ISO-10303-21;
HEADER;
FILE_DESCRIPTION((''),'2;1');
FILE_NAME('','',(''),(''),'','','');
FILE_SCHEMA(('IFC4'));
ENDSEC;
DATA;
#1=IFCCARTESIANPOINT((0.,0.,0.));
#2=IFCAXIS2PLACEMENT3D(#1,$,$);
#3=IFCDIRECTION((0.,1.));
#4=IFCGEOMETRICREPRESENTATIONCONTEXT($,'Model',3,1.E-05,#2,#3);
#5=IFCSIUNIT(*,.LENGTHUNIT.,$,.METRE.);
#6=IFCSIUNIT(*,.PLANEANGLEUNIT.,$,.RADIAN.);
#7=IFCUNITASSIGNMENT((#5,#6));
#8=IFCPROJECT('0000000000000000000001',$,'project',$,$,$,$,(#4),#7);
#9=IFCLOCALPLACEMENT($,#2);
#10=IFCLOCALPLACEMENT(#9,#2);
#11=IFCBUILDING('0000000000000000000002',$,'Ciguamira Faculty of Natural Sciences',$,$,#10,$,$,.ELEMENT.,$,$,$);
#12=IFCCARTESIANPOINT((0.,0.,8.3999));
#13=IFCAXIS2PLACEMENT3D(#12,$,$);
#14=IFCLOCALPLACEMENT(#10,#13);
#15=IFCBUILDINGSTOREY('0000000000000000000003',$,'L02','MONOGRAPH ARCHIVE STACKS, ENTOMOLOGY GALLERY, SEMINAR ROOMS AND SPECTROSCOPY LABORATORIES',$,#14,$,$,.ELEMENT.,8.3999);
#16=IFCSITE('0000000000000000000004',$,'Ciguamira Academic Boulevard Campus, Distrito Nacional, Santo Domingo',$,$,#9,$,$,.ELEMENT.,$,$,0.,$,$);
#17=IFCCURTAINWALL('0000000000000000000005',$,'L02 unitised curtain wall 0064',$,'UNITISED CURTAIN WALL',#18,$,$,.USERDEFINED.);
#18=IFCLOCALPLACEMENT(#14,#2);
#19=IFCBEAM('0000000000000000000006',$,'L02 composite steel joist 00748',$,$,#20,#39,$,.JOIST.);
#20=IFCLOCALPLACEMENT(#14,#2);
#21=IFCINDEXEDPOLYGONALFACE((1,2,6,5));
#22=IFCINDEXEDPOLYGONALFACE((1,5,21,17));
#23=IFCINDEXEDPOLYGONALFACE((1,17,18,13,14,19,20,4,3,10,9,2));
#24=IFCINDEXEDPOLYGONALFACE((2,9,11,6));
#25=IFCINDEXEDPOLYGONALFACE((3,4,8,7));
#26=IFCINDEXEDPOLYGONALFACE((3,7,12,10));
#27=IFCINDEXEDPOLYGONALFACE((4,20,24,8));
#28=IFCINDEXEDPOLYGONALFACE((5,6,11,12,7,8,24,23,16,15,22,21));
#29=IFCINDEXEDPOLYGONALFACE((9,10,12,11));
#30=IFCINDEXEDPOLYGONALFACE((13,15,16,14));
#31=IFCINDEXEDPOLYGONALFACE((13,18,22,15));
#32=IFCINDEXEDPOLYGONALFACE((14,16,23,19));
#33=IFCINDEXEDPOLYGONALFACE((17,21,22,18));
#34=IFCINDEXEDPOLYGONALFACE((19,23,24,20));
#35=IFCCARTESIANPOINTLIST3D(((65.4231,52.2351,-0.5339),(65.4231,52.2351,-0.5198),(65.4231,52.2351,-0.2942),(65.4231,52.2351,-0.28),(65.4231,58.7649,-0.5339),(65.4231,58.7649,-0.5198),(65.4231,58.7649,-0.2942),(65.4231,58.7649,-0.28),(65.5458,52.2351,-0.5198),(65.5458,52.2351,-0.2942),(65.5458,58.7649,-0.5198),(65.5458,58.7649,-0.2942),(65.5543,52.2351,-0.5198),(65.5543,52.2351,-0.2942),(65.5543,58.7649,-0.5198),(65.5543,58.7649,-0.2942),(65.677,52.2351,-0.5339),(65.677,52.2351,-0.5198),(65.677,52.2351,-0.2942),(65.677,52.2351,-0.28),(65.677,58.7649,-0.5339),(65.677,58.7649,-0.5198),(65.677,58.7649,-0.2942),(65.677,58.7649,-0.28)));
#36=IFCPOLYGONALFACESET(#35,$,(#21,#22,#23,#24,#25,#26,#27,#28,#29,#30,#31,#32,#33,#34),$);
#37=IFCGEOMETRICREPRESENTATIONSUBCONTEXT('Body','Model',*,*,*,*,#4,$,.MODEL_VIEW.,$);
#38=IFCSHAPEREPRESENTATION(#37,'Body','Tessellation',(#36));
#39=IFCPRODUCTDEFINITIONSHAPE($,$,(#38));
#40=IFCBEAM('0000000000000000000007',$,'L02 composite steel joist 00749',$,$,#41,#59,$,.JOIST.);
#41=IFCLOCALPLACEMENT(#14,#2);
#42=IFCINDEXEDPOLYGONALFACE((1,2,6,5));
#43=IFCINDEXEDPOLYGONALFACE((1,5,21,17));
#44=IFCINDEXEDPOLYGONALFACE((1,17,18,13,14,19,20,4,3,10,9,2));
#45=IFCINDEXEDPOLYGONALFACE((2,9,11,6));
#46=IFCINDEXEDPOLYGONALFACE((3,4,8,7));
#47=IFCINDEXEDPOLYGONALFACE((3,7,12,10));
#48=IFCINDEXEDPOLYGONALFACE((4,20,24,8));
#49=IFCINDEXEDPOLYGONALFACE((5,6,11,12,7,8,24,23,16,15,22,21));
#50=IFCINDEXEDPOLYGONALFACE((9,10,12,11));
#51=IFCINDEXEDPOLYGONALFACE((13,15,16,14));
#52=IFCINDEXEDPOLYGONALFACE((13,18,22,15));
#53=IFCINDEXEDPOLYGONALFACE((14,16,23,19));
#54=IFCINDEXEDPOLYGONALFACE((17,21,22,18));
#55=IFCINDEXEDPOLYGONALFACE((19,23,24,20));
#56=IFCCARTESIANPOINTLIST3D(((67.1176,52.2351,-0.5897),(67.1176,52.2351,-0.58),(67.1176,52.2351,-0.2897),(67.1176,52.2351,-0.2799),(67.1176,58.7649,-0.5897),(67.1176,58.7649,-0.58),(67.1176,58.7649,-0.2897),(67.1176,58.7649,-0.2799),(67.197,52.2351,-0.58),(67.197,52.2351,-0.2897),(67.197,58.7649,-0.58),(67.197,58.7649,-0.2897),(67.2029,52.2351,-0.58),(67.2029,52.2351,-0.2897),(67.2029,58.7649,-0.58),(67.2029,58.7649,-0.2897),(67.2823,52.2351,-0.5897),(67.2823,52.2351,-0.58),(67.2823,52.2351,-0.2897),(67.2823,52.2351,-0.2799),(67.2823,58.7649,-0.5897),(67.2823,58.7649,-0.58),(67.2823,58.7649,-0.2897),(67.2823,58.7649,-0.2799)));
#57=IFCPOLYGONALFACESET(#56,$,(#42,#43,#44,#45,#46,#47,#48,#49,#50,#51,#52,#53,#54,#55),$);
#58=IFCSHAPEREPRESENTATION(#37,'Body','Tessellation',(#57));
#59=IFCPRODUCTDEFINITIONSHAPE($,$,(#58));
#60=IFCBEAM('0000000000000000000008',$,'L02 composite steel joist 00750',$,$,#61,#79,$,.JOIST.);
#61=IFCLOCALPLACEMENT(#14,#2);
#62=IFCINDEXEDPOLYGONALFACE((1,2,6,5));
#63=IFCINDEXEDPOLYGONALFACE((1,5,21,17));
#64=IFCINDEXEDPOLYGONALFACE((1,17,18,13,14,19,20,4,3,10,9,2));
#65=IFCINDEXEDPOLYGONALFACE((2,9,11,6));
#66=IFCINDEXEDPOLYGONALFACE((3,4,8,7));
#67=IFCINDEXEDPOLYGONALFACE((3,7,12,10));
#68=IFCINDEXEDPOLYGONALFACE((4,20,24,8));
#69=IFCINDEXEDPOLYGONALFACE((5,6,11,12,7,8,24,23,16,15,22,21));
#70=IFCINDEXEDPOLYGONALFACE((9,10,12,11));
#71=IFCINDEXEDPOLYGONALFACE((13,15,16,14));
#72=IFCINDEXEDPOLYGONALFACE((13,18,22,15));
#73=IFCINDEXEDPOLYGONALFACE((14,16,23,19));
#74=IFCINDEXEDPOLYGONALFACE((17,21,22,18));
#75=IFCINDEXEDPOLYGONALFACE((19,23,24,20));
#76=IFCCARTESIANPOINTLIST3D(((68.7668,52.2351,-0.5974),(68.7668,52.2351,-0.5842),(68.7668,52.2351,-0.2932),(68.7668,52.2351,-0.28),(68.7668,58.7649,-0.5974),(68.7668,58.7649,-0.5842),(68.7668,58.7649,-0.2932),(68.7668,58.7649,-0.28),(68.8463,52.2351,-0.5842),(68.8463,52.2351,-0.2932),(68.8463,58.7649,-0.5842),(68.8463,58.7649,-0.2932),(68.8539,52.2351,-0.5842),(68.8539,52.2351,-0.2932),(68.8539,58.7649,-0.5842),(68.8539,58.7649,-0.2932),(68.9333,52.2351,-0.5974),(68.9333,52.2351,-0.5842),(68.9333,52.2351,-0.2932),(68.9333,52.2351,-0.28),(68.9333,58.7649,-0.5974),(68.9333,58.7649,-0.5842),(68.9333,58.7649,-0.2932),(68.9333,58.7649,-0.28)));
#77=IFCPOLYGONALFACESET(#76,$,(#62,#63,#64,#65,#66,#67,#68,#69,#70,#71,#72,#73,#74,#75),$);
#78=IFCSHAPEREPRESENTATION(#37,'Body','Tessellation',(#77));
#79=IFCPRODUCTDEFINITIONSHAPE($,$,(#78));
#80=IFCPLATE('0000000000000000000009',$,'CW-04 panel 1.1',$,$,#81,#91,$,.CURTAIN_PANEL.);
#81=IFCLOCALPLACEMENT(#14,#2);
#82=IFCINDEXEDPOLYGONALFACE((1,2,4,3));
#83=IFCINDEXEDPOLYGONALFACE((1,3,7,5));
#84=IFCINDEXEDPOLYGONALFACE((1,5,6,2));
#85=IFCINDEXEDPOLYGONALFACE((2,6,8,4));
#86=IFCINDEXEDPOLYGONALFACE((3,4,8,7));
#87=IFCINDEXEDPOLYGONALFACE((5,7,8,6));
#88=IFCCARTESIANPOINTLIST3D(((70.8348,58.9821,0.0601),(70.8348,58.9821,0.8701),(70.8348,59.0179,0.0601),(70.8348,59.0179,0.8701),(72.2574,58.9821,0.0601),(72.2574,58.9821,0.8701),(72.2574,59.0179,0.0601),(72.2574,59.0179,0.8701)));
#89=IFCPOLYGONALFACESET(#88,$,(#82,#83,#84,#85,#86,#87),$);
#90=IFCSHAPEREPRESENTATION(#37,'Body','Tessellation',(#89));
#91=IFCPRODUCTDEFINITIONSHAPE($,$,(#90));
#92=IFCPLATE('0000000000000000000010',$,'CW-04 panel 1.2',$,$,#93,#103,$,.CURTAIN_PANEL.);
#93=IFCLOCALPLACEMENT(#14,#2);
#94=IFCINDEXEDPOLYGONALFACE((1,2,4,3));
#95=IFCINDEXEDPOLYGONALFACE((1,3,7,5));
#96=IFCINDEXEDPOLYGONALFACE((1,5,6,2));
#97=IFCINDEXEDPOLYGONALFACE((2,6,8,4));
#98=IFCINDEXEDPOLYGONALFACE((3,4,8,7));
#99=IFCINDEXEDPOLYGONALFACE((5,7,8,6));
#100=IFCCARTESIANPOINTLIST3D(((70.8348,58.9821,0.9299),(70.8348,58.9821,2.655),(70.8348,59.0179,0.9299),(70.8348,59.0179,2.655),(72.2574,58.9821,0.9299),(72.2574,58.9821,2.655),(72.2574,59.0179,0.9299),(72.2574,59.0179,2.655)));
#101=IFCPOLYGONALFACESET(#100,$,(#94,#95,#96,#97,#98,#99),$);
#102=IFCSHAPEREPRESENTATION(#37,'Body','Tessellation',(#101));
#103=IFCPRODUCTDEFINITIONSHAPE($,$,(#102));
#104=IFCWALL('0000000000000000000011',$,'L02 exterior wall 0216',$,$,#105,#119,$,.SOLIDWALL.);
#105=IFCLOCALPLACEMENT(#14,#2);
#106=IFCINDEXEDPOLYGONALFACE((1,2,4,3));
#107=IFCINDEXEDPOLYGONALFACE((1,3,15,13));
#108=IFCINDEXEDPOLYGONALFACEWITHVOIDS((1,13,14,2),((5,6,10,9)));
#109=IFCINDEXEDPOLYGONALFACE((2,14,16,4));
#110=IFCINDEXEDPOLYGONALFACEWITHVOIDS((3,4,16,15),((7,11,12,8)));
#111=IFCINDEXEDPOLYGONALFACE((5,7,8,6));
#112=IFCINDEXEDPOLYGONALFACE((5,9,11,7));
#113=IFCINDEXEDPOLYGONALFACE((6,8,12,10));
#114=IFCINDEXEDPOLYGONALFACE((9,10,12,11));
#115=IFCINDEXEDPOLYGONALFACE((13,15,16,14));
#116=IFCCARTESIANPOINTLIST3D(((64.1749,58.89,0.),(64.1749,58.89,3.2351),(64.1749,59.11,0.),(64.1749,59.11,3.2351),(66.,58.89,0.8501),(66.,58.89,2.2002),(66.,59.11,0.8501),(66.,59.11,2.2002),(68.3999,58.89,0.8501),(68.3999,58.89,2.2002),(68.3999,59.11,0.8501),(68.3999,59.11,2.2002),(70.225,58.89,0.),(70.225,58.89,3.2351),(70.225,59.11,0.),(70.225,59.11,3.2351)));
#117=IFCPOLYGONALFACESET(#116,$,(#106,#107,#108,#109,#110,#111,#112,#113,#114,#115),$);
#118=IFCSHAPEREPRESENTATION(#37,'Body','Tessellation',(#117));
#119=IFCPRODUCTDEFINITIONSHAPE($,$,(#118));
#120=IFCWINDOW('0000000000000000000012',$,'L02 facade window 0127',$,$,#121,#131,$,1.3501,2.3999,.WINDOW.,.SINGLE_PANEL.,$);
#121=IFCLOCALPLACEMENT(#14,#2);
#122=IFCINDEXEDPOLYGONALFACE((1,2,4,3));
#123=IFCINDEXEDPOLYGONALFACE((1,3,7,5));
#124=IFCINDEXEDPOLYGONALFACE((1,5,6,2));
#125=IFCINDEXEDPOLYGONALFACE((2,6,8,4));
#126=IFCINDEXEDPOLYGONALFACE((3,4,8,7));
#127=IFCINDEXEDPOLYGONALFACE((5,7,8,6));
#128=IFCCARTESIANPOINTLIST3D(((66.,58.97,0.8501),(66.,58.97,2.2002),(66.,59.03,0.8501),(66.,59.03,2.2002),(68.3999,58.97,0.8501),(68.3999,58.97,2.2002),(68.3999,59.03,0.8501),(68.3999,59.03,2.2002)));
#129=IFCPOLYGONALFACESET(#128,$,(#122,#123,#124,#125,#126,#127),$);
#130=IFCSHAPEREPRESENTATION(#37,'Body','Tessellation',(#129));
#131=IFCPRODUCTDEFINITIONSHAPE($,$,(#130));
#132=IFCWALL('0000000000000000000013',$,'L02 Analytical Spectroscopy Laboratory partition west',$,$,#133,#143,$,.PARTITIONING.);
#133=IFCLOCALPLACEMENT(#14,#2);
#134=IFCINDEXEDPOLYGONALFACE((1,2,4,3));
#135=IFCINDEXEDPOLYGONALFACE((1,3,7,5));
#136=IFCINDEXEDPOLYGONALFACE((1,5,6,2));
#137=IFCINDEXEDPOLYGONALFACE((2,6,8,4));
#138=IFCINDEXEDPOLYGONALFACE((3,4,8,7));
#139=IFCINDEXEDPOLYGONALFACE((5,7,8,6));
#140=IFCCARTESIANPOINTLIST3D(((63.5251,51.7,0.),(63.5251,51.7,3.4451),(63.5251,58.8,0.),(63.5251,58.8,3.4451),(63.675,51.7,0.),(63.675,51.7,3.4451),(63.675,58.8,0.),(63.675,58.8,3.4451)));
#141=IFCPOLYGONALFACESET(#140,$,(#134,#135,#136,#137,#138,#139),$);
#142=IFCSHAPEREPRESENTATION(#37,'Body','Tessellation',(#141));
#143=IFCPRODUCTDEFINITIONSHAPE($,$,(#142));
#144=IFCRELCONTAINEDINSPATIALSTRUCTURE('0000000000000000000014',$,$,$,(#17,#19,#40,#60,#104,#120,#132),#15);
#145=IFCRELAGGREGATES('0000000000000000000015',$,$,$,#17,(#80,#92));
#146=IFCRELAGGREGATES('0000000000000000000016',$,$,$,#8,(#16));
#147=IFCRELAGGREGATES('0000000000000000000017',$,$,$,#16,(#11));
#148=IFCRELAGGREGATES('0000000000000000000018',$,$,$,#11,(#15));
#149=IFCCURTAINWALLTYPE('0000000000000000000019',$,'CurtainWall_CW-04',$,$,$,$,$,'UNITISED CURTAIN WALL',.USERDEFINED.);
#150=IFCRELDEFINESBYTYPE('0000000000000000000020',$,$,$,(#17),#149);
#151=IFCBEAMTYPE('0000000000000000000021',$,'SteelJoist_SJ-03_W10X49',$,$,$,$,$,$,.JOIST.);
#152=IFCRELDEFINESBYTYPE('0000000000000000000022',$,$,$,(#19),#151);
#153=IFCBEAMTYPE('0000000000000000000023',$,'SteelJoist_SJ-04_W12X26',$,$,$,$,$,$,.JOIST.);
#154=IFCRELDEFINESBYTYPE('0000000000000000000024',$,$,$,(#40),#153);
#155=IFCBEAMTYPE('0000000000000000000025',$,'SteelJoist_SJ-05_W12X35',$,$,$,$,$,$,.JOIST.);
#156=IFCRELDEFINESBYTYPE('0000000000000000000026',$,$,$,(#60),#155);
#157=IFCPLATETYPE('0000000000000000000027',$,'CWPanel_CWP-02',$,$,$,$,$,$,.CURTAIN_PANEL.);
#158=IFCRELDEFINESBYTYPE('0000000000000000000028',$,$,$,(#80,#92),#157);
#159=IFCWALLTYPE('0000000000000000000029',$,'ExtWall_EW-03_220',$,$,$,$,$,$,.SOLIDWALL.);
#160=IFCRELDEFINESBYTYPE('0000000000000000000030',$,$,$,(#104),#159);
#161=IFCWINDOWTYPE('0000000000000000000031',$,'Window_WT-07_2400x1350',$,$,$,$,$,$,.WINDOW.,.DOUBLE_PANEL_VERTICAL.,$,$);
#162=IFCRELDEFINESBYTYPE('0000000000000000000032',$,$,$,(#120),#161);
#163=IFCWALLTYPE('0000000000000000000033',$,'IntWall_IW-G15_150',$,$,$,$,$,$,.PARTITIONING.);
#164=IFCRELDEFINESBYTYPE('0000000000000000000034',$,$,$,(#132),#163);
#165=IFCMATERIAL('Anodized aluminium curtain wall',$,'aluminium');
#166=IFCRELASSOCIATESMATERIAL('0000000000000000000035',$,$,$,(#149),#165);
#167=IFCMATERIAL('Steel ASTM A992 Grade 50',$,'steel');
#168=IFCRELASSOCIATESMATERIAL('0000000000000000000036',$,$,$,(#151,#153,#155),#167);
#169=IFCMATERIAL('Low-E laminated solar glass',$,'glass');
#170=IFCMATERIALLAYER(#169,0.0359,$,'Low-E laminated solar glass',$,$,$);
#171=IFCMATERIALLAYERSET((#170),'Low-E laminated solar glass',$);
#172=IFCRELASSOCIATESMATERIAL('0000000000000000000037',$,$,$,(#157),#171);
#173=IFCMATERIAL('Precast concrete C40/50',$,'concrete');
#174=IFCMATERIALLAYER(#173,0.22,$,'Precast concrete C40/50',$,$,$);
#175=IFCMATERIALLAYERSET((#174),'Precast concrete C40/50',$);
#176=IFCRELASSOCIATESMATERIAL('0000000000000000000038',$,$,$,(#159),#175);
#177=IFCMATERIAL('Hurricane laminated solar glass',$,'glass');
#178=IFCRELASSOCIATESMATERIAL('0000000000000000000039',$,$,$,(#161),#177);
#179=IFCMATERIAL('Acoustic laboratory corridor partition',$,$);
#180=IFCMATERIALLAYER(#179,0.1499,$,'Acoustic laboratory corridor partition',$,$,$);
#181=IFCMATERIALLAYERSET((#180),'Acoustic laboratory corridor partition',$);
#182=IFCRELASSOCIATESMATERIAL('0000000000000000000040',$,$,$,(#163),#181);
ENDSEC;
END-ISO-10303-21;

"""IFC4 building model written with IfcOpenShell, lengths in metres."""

from ifc_helpers import new_model, si_unit, direction, frame, frame_2d, origin, origin_2d, place, context, subcontext, project, spatial, rectangle, i_section, extrude, material, layer, layer_set, material_profile, profile_set, type_object, element, fill, aggregate, save


model = new_model("IFC4")

# Units and contexts
model_context = context("Model", 3, precision=1e-05, world=origin(), true_north=direction((0.0, 1.0)))
body_context = subcontext(model_context, "Body", "Model", "MODEL_VIEW")
ifc_project = project(units=[si_unit("LENGTHUNIT", "METRE"), si_unit("PLANEANGLEUNIT", "RADIAN")], contexts=[model_context])

# Site, building, storey
site_placement = place(None, origin())
site = spatial("IfcSite", under=ifc_project, at=site_placement, Name="Ciguamira Academic Boulevard Campus, Distrito Nacional, Santo Domingo", CompositionType="ELEMENT", RefElevation=0.0)
building_placement = place(site_placement, origin())
building = spatial("IfcBuilding", under=site, at=building_placement, Name="Ciguamira Faculty of Natural Sciences", CompositionType="ELEMENT")
storey_placement = place(building_placement, frame((0.0, 0.0, 8.3999)))
storey = spatial("IfcBuildingStorey", under=building, at=storey_placement, Name="L02", Description="MONOGRAPH ARCHIVE STACKS, ENTOMOLOGY GALLERY, SEMINAR ROOMS AND SPECTROSCOPY LABORATORIES", CompositionType="ELEMENT", Elevation=8.3999)

# Curtain wall
ifc_material_1 = material(Name="Anodized aluminium curtain wall", Category="aluminium")
curtain_wall_type = type_object("IfcCurtainWallType", Name="CurtainWall_CW-04", ElementType="UNITISED CURTAIN WALL", PredefinedType="USERDEFINED", material=ifc_material_1)
curtain_wall_placement = place(storey_placement, origin())
curtain_wall = element("IfcCurtainWall", 1, at=curtain_wall_placement, inside=storey, type_object=curtain_wall_type, Name="L02 unitised curtain wall 0064", ObjectType="UNITISED CURTAIN WALL", PredefinedType="USERDEFINED")

# Beams
ifc_material_2 = material(Name="Steel ASTM A992 Grade 50", Category="steel")
ifc_material_profile_1 = material_profile(ifc_material_2, i_section(OverallWidth=0.2539, OverallDepth=0.2539, WebThickness=0.0085, FlangeThickness=0.0142, at=origin_2d()), Name="W10X49")
ifc_profile_set_1 = profile_set([ifc_material_profile_1], Name="Steel ASTM A992 Grade 50")
beam_type_1 = type_object("IfcBeamType", Name="SteelJoist_SJ-03_W10X49", PredefinedType="JOIST", material=ifc_profile_set_1)
beam_1_placement = place(storey_placement, frame((65.55, 52.2351, -0.407), z_axis=(0.0, 1.0, 0.0), x_axis=(-1.0, 0.0, 0.0)))
element("IfcBeam", 2, at=beam_1_placement, inside=storey, type_object=beam_type_1, Name="L02 composite steel joist 00748", PredefinedType="JOIST", context=body_context, shape_type="SweptSolid", body=[
    extrude(i_section(OverallWidth=0.2539, OverallDepth=0.2539, WebThickness=0.0085, FlangeThickness=0.0142, at=origin_2d()), origin(), (0.0, 0.0, 1.0), 6.5298),
])
ifc_material_profile_2 = material_profile(ifc_material_2, i_section(OverallWidth=0.1648, OverallDepth=0.3098, WebThickness=0.0059, FlangeThickness=0.0098, at=origin_2d()), Name="W12X26")
ifc_profile_set_2 = profile_set([ifc_material_profile_2], Name="Steel ASTM A992 Grade 50")
beam_type_2 = type_object("IfcBeamType", Name="SteelJoist_SJ-04_W12X26", PredefinedType="JOIST", material=ifc_profile_set_2)
beam_2_placement = place(storey_placement, frame((67.2, 52.2351, -0.4348), z_axis=(0.0, 1.0, 0.0), x_axis=(-1.0, 0.0, 0.0)))
element("IfcBeam", 3, at=beam_2_placement, inside=storey, type_object=beam_type_2, Name="L02 composite steel joist 00749", PredefinedType="JOIST", context=body_context, shape_type="SweptSolid", body=[
    extrude(i_section(OverallWidth=0.1648, OverallDepth=0.3098, WebThickness=0.0059, FlangeThickness=0.0098, at=origin_2d()), origin(), (0.0, 0.0, 1.0), 6.5298),
])
ifc_material_profile_3 = material_profile(ifc_material_2, i_section(OverallWidth=0.1665, OverallDepth=0.3174, WebThickness=0.0076, FlangeThickness=0.0132, at=origin_2d()), Name="W12X35")
ifc_profile_set_3 = profile_set([ifc_material_profile_3], Name="Steel ASTM A992 Grade 50")
beam_type_3 = type_object("IfcBeamType", Name="SteelJoist_SJ-05_W12X35", PredefinedType="JOIST", material=ifc_profile_set_3)
beam_3_placement = place(storey_placement, frame((68.8501, 52.2351, -0.4387), z_axis=(0.0, 1.0, 0.0), x_axis=(-1.0, 0.0, 0.0)))
element("IfcBeam", 4, at=beam_3_placement, inside=storey, type_object=beam_type_3, Name="L02 composite steel joist 00750", PredefinedType="JOIST", context=body_context, shape_type="SweptSolid", body=[
    extrude(i_section(OverallWidth=0.1665, OverallDepth=0.3174, WebThickness=0.0076, FlangeThickness=0.0132, at=origin_2d()), origin(), (0.0, 0.0, 1.0), 6.5298),
])

# Plates
ifc_material_3 = material(Name="Low-E laminated solar glass", Category="glass")
ifc_layer_1 = layer(ifc_material_3, 0.0359, Name="Low-E laminated solar glass")
ifc_layer_set_1 = layer_set([ifc_layer_1], Name="Low-E laminated solar glass")
plate_type = type_object("IfcPlateType", Name="CWPanel_CWP-02", PredefinedType="CURTAIN_PANEL", material=ifc_layer_set_1)
plate_1_placement = place(storey_placement, frame((71.5461, 59.0, 0.0601), z_axis=(0.0, 0.0, 1.0), x_axis=(1.0, 0.0, 0.0)))
plate_1 = element("IfcPlate", 5, at=plate_1_placement, type_object=plate_type, Name="CW-04 panel 1.1", PredefinedType="CURTAIN_PANEL", context=body_context, shape_type="SweptSolid", body=[
    extrude(rectangle(XDim=1.4226, YDim=0.0359, at=origin_2d()), origin(), (0.0, 0.0, 1.0), 0.8101),
])
plate_2_placement = place(storey_placement, frame((71.5461, 59.0, 0.9299), z_axis=(0.0, 0.0, 1.0), x_axis=(1.0, 0.0, 0.0)))
plate_2 = element("IfcPlate", 6, at=plate_2_placement, type_object=plate_type, Name="CW-04 panel 1.2", PredefinedType="CURTAIN_PANEL", context=body_context, shape_type="SweptSolid", body=[
    extrude(rectangle(XDim=1.4226, YDim=0.0359, at=origin_2d()), origin(), (0.0, 0.0, 1.0), 1.7251),
])
aggregate(curtain_wall, [plate_1, plate_2])

# Wall, opening, window
ifc_material_4 = material(Name="Precast concrete C40/50", Category="concrete")
ifc_layer_2 = layer(ifc_material_4, 0.22, Name="Precast concrete C40/50")
ifc_layer_set_2 = layer_set([ifc_layer_2], Name="Precast concrete C40/50")
wall_type_1 = type_object("IfcWallType", Name="ExtWall_EW-03_220", PredefinedType="SOLIDWALL", material=ifc_layer_set_2)
wall_1_placement = place(storey_placement, frame((64.175, 59.0, 0.0), z_axis=(0.0, 0.0, 1.0), x_axis=(1.0, 0.0, 0.0)))
wall_1 = element("IfcWall", 7, at=wall_1_placement, inside=storey, type_object=wall_type_1, Name="L02 exterior wall 0216", PredefinedType="SOLIDWALL", context=body_context, shape_type="SweptSolid", body=[
    extrude(rectangle(XDim=6.05, YDim=0.22, at=frame_2d((3.0249, 0.0))), origin(), (0.0, 0.0, 1.0), 3.2351),
])
opening_placement = place(wall_1_placement, frame((1.825, 0.0, 0.8501)))
opening = element("IfcOpeningElement", 8, at=opening_placement, cuts=wall_1, PredefinedType="OPENING", context=body_context, shape_type="SweptSolid", body=[
    extrude(rectangle(XDim=2.3999, YDim=1.3501, at=frame_2d((1.2, 0.675))), frame((0.0, 0.1199, 0.0), z_axis=(0.0, -1.0, 0.0), x_axis=(1.0, 0.0, 0.0)), (0.0, 0.0, 1.0), 0.24),
])
ifc_material_5 = material(Name="Hurricane laminated solar glass", Category="glass")
window_type = type_object("IfcWindowType", Name="Window_WT-07_2400x1350", PartitioningType="DOUBLE_PANEL_VERTICAL", PredefinedType="WINDOW", material=ifc_material_5)
window_placement = place(opening_placement, origin())
window = element("IfcWindow", 9, at=window_placement, inside=storey, type_object=window_type, Name="L02 facade window 0127", OverallHeight=1.3501, OverallWidth=2.3999, PartitioningType="SINGLE_PANEL", PredefinedType="WINDOW", context=body_context, shape_type="SweptSolid", body=[
    extrude(rectangle(XDim=2.3999, YDim=1.3501, at=frame_2d((1.2, 0.675))), frame((0.0, 0.03, 0.0), z_axis=(0.0, -1.0, 0.0), x_axis=(1.0, 0.0, 0.0)), (0.0, 0.0, 1.0), 0.0601),
])
fill(opening, window)

# Wall
ifc_material_6 = material(Name="Acoustic laboratory corridor partition")
ifc_layer_3 = layer(ifc_material_6, 0.1499, Name="Acoustic laboratory corridor partition")
ifc_layer_set_3 = layer_set([ifc_layer_3], Name="Acoustic laboratory corridor partition")
wall_type_2 = type_object("IfcWallType", Name="IntWall_IW-G15_150", PredefinedType="PARTITIONING", material=ifc_layer_set_3)
wall_2_placement = place(storey_placement, frame((63.6001, 51.7, 0.0), z_axis=(0.0, 0.0, 1.0), x_axis=(0.0, 1.0, 0.0)))
element("IfcWall", 10, at=wall_2_placement, inside=storey, type_object=wall_type_2, Name="L02 Analytical Spectroscopy Laboratory partition west", PredefinedType="PARTITIONING", context=body_context, shape_type="SweptSolid", body=[
    extrude(rectangle(XDim=7.1001, YDim=0.1499, at=frame_2d((3.55, 0.0))), origin(), (0.0, 0.0, 1.0), 3.4451),
])

save(model, "model.ifc")
